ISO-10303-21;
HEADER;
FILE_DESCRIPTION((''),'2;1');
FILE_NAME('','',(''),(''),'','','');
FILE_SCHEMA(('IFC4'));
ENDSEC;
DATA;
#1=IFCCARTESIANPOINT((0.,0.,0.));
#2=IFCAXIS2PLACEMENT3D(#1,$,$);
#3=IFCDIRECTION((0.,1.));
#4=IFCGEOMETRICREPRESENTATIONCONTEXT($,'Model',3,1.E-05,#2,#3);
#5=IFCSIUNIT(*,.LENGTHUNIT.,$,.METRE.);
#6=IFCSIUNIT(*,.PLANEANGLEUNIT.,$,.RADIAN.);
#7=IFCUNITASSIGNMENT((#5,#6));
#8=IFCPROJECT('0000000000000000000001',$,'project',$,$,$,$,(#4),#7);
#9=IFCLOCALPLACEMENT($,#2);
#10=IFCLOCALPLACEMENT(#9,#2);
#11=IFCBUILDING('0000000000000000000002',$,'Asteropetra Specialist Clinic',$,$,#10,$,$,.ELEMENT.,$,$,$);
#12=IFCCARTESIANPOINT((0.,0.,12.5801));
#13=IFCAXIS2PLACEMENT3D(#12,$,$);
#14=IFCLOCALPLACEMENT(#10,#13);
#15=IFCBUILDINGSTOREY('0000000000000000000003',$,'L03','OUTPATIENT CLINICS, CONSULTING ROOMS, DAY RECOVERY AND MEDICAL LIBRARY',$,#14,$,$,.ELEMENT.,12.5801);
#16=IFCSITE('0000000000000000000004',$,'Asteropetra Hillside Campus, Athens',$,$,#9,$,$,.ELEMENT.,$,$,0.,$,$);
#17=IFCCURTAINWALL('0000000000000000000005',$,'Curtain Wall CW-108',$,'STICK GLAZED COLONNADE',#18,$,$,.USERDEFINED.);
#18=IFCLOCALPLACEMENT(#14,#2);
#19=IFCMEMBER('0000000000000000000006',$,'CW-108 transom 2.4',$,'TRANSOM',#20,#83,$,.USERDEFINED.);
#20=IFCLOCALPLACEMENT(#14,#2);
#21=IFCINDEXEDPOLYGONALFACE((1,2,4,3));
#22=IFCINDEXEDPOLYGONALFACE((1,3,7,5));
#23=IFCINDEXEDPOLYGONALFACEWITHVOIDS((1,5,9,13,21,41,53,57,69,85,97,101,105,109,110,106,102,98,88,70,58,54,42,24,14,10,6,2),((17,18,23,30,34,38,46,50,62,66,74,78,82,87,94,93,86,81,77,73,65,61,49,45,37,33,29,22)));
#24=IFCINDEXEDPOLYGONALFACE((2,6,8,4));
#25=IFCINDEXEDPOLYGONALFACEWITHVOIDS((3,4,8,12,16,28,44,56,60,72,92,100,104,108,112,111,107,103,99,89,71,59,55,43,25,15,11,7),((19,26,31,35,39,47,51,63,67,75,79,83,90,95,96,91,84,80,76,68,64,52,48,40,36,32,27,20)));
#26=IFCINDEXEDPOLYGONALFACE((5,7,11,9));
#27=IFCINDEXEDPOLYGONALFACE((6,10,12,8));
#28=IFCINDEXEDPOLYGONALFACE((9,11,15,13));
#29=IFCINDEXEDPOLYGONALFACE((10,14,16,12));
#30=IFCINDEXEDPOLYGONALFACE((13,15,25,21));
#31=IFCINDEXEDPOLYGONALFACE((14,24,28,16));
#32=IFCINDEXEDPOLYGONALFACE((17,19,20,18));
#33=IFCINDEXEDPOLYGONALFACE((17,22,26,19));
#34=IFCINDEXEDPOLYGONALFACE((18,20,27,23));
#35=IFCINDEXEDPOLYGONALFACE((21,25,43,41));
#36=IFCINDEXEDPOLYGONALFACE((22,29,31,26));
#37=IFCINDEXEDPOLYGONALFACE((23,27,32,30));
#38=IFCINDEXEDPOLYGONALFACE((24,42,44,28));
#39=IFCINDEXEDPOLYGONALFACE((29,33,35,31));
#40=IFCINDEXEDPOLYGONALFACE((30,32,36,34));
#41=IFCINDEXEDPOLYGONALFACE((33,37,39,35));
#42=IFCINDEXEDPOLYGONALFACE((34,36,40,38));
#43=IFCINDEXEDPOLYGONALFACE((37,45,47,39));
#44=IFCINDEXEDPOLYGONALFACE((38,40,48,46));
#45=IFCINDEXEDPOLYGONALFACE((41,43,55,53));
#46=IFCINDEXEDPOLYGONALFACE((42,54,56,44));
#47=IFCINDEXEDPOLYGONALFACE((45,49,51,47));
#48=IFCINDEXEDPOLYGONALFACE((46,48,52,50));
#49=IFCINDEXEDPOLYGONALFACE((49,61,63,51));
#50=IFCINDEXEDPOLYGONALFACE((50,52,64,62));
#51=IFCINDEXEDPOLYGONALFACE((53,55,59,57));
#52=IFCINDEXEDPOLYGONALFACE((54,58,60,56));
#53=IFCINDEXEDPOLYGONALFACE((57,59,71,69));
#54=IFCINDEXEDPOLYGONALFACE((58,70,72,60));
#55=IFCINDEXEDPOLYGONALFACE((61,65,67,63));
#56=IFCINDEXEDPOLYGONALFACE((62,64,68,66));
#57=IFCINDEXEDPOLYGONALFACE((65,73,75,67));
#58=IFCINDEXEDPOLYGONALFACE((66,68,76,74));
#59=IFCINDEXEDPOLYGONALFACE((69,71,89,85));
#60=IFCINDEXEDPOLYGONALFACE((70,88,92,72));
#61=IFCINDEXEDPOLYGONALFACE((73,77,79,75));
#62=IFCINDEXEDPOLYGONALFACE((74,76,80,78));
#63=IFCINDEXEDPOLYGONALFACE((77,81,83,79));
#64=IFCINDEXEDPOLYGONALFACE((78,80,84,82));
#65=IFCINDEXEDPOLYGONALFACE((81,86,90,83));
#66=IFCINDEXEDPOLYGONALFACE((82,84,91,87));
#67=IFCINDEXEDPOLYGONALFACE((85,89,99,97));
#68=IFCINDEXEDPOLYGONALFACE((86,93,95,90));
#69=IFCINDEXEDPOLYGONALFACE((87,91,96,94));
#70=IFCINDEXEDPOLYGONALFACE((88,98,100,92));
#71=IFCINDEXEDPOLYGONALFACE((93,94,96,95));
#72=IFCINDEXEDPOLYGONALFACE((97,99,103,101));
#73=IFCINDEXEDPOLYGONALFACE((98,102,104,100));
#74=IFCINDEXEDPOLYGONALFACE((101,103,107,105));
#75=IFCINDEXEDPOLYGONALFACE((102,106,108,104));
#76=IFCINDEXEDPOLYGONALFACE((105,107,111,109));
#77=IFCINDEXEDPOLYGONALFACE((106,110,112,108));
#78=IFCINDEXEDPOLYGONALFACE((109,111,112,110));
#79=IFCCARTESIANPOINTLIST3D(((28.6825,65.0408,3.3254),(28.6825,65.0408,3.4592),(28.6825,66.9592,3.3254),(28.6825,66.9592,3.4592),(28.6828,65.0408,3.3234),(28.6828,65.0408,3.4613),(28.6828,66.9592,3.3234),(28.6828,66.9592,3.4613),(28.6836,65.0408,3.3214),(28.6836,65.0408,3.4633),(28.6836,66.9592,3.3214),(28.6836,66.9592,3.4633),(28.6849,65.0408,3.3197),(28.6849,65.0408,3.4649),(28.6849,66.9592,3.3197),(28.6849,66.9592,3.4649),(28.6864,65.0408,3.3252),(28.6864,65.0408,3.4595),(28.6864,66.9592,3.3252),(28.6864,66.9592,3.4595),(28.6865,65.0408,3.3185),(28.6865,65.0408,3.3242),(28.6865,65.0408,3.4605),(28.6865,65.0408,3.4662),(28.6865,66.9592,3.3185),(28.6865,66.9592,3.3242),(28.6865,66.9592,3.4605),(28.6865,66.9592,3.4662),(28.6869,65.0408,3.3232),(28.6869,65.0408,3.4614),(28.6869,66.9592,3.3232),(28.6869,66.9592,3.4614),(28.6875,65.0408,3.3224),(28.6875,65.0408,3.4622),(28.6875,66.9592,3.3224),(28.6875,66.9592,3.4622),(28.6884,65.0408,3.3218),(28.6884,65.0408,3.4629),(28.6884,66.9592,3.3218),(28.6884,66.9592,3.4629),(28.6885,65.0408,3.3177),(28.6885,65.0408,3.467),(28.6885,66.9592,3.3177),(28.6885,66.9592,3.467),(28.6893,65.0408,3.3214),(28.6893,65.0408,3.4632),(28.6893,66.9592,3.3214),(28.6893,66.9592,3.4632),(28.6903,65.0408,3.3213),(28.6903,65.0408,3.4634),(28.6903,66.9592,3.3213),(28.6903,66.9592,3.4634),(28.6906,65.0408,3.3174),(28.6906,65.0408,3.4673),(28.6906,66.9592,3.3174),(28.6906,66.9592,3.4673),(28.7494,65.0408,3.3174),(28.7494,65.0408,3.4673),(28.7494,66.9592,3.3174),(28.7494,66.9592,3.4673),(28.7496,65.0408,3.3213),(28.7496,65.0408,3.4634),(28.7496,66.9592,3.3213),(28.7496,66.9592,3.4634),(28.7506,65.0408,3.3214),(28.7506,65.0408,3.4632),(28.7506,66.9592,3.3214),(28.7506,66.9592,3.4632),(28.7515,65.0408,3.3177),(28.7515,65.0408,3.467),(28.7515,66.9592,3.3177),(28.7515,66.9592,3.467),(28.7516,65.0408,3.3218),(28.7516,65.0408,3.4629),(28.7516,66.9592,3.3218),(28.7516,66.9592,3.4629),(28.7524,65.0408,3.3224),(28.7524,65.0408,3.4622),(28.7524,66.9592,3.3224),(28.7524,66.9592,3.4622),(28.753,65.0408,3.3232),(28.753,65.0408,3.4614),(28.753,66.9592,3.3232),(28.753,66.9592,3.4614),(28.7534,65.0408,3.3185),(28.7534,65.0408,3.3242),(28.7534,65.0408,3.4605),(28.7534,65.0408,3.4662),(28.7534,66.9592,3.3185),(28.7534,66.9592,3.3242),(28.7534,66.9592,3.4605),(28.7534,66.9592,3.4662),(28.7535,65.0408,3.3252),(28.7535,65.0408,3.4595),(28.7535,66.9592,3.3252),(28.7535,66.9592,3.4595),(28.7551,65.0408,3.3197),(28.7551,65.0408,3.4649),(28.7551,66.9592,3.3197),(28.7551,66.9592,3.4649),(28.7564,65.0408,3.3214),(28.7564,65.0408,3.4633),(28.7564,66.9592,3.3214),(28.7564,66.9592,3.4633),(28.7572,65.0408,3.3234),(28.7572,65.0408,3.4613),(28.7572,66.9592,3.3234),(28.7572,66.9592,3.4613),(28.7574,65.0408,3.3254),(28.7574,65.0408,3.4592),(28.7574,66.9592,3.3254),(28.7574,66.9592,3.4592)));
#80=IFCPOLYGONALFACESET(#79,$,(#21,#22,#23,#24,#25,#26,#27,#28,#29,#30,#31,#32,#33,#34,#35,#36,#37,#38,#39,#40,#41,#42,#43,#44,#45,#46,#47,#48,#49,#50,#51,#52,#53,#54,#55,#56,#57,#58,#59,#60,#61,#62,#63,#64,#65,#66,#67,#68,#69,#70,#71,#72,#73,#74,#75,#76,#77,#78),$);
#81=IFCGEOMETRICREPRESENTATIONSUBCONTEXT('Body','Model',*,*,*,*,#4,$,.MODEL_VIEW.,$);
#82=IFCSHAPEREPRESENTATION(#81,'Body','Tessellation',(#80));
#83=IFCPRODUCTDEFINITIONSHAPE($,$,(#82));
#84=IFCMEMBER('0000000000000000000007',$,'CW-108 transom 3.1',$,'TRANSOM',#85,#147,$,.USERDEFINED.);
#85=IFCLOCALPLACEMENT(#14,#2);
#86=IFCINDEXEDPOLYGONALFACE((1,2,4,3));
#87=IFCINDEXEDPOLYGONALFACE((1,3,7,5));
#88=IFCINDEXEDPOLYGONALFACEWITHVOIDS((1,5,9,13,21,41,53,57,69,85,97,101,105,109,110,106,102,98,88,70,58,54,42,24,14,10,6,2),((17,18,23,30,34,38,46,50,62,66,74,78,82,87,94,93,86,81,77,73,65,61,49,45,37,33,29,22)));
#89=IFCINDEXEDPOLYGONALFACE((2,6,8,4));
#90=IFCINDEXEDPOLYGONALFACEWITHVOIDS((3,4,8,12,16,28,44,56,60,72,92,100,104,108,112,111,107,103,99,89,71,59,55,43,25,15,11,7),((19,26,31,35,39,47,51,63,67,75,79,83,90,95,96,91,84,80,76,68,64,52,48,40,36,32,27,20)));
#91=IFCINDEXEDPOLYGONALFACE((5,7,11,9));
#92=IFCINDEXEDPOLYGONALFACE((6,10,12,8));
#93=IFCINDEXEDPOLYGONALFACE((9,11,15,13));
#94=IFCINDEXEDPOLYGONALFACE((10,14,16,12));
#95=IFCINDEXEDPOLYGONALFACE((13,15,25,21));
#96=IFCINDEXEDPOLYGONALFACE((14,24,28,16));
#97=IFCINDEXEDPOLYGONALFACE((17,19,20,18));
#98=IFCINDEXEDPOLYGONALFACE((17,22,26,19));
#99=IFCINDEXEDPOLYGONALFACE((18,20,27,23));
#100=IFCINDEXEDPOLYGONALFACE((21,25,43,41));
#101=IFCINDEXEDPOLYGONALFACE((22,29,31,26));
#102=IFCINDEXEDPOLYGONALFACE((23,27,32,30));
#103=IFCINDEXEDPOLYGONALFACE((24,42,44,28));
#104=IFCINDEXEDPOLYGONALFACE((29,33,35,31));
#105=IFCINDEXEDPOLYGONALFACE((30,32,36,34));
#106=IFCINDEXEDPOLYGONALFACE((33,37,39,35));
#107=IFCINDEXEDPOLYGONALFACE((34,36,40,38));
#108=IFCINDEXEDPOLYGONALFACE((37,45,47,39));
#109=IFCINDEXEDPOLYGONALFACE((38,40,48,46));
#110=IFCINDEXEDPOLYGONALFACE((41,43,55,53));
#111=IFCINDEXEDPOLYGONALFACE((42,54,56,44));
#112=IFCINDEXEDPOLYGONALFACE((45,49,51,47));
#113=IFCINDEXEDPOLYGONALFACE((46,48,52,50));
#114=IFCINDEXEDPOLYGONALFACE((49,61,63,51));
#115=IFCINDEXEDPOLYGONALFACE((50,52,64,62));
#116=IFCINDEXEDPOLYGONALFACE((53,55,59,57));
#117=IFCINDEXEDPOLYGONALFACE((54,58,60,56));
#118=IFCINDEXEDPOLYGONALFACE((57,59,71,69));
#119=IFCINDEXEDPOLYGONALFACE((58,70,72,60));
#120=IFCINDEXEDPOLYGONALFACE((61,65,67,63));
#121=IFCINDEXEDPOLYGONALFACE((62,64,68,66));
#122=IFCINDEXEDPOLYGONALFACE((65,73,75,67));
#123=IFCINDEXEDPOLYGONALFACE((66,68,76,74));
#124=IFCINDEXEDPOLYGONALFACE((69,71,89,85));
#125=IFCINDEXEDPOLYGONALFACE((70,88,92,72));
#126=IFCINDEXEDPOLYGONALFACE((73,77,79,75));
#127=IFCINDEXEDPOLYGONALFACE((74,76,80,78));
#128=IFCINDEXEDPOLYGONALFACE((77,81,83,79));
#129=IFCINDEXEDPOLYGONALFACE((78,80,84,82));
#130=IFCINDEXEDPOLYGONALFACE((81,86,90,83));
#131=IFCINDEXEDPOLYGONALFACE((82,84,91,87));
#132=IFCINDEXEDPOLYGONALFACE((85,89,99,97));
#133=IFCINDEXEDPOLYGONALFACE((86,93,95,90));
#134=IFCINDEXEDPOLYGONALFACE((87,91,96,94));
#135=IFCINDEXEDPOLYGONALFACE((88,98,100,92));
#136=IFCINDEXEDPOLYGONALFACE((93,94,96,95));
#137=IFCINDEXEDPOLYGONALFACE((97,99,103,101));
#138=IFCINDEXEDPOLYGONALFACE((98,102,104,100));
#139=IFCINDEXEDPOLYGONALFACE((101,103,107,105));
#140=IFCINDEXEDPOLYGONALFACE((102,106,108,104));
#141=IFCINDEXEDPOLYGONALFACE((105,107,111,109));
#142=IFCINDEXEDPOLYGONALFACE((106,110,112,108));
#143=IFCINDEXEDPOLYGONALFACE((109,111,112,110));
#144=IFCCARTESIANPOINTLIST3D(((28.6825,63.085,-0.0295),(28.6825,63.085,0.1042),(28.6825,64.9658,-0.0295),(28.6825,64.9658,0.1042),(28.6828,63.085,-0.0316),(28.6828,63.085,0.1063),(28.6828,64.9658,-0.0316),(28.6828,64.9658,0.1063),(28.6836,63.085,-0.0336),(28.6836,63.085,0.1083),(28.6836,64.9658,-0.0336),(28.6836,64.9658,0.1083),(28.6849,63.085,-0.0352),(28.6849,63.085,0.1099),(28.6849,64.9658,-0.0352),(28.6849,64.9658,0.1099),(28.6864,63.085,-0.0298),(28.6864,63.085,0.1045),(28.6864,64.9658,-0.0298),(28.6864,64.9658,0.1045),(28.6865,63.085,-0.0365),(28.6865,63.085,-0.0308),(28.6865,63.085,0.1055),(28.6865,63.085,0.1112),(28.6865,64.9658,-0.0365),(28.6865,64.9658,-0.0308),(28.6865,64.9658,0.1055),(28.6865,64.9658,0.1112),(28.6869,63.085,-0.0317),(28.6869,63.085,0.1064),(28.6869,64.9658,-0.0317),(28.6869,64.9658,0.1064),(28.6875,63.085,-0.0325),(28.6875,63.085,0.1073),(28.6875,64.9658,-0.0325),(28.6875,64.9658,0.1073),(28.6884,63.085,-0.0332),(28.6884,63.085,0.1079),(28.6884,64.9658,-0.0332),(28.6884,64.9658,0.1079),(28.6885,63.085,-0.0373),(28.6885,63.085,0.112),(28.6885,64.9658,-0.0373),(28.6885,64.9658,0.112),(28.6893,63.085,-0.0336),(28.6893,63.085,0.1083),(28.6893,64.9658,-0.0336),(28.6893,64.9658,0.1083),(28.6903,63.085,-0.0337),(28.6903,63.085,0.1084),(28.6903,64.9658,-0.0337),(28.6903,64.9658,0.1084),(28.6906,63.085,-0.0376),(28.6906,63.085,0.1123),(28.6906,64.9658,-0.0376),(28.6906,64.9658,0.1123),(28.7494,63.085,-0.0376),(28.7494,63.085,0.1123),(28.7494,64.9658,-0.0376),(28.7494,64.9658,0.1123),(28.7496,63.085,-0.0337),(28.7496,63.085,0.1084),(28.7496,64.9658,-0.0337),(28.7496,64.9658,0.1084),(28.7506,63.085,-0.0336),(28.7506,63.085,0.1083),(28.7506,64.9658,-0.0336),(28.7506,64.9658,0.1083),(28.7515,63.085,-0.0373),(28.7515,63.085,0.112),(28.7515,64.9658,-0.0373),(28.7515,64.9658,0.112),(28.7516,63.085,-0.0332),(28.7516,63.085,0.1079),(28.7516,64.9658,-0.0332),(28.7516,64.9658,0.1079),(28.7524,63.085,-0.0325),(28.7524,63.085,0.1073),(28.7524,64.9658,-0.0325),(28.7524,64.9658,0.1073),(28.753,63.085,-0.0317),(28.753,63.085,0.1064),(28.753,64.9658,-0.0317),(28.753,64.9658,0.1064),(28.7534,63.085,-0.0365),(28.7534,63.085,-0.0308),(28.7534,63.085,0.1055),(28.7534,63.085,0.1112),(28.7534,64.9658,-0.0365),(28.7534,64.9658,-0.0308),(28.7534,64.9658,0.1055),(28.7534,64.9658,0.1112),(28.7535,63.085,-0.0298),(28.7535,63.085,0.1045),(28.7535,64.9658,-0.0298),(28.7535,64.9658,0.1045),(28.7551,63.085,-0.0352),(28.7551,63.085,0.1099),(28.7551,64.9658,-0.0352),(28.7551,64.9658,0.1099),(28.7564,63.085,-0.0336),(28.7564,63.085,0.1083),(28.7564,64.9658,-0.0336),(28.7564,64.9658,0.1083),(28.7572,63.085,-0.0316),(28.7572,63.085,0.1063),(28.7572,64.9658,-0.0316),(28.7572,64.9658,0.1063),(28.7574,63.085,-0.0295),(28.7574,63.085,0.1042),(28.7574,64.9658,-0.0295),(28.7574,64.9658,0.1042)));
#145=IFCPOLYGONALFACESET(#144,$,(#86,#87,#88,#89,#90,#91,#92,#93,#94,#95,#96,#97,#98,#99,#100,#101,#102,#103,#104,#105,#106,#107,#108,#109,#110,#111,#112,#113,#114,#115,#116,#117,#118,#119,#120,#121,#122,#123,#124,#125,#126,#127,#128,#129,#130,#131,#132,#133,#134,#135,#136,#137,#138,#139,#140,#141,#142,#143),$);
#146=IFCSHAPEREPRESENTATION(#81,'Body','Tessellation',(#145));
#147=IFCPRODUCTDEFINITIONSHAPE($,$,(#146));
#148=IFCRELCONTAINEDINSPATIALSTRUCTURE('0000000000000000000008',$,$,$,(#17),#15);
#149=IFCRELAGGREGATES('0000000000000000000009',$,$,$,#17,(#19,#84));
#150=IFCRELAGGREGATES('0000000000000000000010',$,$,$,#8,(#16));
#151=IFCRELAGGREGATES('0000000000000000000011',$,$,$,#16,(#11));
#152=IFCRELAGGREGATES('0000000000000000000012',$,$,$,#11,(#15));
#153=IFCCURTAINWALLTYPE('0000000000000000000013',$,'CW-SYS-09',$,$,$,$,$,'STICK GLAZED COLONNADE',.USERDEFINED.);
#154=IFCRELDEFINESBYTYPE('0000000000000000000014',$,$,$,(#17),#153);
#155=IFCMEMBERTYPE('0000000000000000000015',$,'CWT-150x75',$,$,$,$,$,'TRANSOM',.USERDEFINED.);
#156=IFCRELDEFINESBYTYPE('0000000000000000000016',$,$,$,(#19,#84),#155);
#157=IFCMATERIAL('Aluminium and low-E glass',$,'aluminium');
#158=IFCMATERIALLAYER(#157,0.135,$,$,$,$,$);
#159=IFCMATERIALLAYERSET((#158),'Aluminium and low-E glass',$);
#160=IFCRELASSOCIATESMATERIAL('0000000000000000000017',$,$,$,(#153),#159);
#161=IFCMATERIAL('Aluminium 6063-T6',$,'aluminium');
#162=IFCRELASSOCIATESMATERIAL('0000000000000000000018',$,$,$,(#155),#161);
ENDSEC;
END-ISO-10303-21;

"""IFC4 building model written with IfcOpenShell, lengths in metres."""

from ifc_helpers import new_model, si_unit, direction, frame, origin, origin_2d, place, context, subcontext, project, spatial, hollow_rectangle, extrude, material, layer, layer_set, material_profile, profile_set, type_object, element, aggregate, save


model = new_model("IFC4")

# Units and contexts
model_context = context("Model", 3, precision=1e-05, world=origin(), true_north=direction((0.0, 1.0)))
body_context = subcontext(model_context, "Body", "Model", "MODEL_VIEW")
ifc_project = project(units=[si_unit("LENGTHUNIT", "METRE"), si_unit("PLANEANGLEUNIT", "RADIAN")], contexts=[model_context])

# Site, building, storey
site_placement = place(None, origin())
site = spatial("IfcSite", under=ifc_project, at=site_placement, Name="Asteropetra Hillside Campus, Athens", CompositionType="ELEMENT", RefElevation=0.0)
building_placement = place(site_placement, origin())
building = spatial("IfcBuilding", under=site, at=building_placement, Name="Asteropetra Specialist Clinic", CompositionType="ELEMENT")
storey_placement = place(building_placement, frame((0.0, 0.0, 12.5801)))
storey = spatial("IfcBuildingStorey", under=building, at=storey_placement, Name="L03", Description="OUTPATIENT CLINICS, CONSULTING ROOMS, DAY RECOVERY AND MEDICAL LIBRARY", CompositionType="ELEMENT", Elevation=12.5801)

# Curtain wall, members
ifc_material_1 = material(Name="Aluminium and low-E glass", Category="aluminium")
ifc_layer_1 = layer(ifc_material_1, 0.135)
ifc_layer_set_1 = layer_set([ifc_layer_1], Name="Aluminium and low-E glass")
curtain_wall_type = type_object("IfcCurtainWallType", Name="CW-SYS-09", ElementType="STICK GLAZED COLONNADE", PredefinedType="USERDEFINED", material=ifc_layer_set_1)
curtain_wall_placement = place(storey_placement, origin())
curtain_wall = element("IfcCurtainWall", 1, at=curtain_wall_placement, inside=storey, type_object=curtain_wall_type, Name="Curtain Wall CW-108", ObjectType="STICK GLAZED COLONNADE", PredefinedType="USERDEFINED")
ifc_material_2 = material(Name="Aluminium 6063-T6", Category="aluminium")
ifc_material_profile_1 = material_profile(ifc_material_2, hollow_rectangle(XDim=0.075, YDim=0.1499, WallThickness=0.0039, InnerFilletRadius=0.0039, OuterFilletRadius=0.0081, at=origin_2d()), Name="TRN 150x75x4.0")
ifc_profile_set_1 = profile_set([ifc_material_profile_1], Name="Aluminium 6063-T6")
member_type_1 = type_object("IfcMemberType", Name="CWT-150x75", ElementType="TRANSOM", PredefinedType="USERDEFINED", material=ifc_profile_set_1)
member_1_placement = place(storey_placement, frame((28.72, 66.9592, 3.3923), z_axis=(0.0, -1.0, 0.0), x_axis=(1.0, 0.0, 0.0)))
member_1 = element("IfcMember", 2, at=member_1_placement, type_object=member_type_1, Name="CW-108 transom 2.4", ObjectType="TRANSOM", PredefinedType="USERDEFINED", context=body_context, shape_type="SweptSolid", body=[
    extrude(hollow_rectangle(XDim=0.075, YDim=0.1499, WallThickness=0.0039, InnerFilletRadius=0.0039, OuterFilletRadius=0.0081, at=origin_2d()), origin(), (0.0, 0.0, 1.0), 1.9185),
])
member_2_placement = place(storey_placement, frame((28.72, 64.9658, 0.0374), z_axis=(0.0, -1.0, 0.0), x_axis=(1.0, 0.0, 0.0)))
member_2 = element("IfcMember", 3, at=member_2_placement, type_object=member_type_1, Name="CW-108 transom 3.1", ObjectType="TRANSOM", PredefinedType="USERDEFINED", context=body_context, shape_type="SweptSolid", body=[
    extrude(hollow_rectangle(XDim=0.075, YDim=0.1499, WallThickness=0.0039, InnerFilletRadius=0.0039, OuterFilletRadius=0.0081, at=origin_2d()), origin(), (0.0, 0.0, 1.0), 1.8809),
])

aggregate(curtain_wall, [member_1, member_2])

save(model, "model.ifc")
